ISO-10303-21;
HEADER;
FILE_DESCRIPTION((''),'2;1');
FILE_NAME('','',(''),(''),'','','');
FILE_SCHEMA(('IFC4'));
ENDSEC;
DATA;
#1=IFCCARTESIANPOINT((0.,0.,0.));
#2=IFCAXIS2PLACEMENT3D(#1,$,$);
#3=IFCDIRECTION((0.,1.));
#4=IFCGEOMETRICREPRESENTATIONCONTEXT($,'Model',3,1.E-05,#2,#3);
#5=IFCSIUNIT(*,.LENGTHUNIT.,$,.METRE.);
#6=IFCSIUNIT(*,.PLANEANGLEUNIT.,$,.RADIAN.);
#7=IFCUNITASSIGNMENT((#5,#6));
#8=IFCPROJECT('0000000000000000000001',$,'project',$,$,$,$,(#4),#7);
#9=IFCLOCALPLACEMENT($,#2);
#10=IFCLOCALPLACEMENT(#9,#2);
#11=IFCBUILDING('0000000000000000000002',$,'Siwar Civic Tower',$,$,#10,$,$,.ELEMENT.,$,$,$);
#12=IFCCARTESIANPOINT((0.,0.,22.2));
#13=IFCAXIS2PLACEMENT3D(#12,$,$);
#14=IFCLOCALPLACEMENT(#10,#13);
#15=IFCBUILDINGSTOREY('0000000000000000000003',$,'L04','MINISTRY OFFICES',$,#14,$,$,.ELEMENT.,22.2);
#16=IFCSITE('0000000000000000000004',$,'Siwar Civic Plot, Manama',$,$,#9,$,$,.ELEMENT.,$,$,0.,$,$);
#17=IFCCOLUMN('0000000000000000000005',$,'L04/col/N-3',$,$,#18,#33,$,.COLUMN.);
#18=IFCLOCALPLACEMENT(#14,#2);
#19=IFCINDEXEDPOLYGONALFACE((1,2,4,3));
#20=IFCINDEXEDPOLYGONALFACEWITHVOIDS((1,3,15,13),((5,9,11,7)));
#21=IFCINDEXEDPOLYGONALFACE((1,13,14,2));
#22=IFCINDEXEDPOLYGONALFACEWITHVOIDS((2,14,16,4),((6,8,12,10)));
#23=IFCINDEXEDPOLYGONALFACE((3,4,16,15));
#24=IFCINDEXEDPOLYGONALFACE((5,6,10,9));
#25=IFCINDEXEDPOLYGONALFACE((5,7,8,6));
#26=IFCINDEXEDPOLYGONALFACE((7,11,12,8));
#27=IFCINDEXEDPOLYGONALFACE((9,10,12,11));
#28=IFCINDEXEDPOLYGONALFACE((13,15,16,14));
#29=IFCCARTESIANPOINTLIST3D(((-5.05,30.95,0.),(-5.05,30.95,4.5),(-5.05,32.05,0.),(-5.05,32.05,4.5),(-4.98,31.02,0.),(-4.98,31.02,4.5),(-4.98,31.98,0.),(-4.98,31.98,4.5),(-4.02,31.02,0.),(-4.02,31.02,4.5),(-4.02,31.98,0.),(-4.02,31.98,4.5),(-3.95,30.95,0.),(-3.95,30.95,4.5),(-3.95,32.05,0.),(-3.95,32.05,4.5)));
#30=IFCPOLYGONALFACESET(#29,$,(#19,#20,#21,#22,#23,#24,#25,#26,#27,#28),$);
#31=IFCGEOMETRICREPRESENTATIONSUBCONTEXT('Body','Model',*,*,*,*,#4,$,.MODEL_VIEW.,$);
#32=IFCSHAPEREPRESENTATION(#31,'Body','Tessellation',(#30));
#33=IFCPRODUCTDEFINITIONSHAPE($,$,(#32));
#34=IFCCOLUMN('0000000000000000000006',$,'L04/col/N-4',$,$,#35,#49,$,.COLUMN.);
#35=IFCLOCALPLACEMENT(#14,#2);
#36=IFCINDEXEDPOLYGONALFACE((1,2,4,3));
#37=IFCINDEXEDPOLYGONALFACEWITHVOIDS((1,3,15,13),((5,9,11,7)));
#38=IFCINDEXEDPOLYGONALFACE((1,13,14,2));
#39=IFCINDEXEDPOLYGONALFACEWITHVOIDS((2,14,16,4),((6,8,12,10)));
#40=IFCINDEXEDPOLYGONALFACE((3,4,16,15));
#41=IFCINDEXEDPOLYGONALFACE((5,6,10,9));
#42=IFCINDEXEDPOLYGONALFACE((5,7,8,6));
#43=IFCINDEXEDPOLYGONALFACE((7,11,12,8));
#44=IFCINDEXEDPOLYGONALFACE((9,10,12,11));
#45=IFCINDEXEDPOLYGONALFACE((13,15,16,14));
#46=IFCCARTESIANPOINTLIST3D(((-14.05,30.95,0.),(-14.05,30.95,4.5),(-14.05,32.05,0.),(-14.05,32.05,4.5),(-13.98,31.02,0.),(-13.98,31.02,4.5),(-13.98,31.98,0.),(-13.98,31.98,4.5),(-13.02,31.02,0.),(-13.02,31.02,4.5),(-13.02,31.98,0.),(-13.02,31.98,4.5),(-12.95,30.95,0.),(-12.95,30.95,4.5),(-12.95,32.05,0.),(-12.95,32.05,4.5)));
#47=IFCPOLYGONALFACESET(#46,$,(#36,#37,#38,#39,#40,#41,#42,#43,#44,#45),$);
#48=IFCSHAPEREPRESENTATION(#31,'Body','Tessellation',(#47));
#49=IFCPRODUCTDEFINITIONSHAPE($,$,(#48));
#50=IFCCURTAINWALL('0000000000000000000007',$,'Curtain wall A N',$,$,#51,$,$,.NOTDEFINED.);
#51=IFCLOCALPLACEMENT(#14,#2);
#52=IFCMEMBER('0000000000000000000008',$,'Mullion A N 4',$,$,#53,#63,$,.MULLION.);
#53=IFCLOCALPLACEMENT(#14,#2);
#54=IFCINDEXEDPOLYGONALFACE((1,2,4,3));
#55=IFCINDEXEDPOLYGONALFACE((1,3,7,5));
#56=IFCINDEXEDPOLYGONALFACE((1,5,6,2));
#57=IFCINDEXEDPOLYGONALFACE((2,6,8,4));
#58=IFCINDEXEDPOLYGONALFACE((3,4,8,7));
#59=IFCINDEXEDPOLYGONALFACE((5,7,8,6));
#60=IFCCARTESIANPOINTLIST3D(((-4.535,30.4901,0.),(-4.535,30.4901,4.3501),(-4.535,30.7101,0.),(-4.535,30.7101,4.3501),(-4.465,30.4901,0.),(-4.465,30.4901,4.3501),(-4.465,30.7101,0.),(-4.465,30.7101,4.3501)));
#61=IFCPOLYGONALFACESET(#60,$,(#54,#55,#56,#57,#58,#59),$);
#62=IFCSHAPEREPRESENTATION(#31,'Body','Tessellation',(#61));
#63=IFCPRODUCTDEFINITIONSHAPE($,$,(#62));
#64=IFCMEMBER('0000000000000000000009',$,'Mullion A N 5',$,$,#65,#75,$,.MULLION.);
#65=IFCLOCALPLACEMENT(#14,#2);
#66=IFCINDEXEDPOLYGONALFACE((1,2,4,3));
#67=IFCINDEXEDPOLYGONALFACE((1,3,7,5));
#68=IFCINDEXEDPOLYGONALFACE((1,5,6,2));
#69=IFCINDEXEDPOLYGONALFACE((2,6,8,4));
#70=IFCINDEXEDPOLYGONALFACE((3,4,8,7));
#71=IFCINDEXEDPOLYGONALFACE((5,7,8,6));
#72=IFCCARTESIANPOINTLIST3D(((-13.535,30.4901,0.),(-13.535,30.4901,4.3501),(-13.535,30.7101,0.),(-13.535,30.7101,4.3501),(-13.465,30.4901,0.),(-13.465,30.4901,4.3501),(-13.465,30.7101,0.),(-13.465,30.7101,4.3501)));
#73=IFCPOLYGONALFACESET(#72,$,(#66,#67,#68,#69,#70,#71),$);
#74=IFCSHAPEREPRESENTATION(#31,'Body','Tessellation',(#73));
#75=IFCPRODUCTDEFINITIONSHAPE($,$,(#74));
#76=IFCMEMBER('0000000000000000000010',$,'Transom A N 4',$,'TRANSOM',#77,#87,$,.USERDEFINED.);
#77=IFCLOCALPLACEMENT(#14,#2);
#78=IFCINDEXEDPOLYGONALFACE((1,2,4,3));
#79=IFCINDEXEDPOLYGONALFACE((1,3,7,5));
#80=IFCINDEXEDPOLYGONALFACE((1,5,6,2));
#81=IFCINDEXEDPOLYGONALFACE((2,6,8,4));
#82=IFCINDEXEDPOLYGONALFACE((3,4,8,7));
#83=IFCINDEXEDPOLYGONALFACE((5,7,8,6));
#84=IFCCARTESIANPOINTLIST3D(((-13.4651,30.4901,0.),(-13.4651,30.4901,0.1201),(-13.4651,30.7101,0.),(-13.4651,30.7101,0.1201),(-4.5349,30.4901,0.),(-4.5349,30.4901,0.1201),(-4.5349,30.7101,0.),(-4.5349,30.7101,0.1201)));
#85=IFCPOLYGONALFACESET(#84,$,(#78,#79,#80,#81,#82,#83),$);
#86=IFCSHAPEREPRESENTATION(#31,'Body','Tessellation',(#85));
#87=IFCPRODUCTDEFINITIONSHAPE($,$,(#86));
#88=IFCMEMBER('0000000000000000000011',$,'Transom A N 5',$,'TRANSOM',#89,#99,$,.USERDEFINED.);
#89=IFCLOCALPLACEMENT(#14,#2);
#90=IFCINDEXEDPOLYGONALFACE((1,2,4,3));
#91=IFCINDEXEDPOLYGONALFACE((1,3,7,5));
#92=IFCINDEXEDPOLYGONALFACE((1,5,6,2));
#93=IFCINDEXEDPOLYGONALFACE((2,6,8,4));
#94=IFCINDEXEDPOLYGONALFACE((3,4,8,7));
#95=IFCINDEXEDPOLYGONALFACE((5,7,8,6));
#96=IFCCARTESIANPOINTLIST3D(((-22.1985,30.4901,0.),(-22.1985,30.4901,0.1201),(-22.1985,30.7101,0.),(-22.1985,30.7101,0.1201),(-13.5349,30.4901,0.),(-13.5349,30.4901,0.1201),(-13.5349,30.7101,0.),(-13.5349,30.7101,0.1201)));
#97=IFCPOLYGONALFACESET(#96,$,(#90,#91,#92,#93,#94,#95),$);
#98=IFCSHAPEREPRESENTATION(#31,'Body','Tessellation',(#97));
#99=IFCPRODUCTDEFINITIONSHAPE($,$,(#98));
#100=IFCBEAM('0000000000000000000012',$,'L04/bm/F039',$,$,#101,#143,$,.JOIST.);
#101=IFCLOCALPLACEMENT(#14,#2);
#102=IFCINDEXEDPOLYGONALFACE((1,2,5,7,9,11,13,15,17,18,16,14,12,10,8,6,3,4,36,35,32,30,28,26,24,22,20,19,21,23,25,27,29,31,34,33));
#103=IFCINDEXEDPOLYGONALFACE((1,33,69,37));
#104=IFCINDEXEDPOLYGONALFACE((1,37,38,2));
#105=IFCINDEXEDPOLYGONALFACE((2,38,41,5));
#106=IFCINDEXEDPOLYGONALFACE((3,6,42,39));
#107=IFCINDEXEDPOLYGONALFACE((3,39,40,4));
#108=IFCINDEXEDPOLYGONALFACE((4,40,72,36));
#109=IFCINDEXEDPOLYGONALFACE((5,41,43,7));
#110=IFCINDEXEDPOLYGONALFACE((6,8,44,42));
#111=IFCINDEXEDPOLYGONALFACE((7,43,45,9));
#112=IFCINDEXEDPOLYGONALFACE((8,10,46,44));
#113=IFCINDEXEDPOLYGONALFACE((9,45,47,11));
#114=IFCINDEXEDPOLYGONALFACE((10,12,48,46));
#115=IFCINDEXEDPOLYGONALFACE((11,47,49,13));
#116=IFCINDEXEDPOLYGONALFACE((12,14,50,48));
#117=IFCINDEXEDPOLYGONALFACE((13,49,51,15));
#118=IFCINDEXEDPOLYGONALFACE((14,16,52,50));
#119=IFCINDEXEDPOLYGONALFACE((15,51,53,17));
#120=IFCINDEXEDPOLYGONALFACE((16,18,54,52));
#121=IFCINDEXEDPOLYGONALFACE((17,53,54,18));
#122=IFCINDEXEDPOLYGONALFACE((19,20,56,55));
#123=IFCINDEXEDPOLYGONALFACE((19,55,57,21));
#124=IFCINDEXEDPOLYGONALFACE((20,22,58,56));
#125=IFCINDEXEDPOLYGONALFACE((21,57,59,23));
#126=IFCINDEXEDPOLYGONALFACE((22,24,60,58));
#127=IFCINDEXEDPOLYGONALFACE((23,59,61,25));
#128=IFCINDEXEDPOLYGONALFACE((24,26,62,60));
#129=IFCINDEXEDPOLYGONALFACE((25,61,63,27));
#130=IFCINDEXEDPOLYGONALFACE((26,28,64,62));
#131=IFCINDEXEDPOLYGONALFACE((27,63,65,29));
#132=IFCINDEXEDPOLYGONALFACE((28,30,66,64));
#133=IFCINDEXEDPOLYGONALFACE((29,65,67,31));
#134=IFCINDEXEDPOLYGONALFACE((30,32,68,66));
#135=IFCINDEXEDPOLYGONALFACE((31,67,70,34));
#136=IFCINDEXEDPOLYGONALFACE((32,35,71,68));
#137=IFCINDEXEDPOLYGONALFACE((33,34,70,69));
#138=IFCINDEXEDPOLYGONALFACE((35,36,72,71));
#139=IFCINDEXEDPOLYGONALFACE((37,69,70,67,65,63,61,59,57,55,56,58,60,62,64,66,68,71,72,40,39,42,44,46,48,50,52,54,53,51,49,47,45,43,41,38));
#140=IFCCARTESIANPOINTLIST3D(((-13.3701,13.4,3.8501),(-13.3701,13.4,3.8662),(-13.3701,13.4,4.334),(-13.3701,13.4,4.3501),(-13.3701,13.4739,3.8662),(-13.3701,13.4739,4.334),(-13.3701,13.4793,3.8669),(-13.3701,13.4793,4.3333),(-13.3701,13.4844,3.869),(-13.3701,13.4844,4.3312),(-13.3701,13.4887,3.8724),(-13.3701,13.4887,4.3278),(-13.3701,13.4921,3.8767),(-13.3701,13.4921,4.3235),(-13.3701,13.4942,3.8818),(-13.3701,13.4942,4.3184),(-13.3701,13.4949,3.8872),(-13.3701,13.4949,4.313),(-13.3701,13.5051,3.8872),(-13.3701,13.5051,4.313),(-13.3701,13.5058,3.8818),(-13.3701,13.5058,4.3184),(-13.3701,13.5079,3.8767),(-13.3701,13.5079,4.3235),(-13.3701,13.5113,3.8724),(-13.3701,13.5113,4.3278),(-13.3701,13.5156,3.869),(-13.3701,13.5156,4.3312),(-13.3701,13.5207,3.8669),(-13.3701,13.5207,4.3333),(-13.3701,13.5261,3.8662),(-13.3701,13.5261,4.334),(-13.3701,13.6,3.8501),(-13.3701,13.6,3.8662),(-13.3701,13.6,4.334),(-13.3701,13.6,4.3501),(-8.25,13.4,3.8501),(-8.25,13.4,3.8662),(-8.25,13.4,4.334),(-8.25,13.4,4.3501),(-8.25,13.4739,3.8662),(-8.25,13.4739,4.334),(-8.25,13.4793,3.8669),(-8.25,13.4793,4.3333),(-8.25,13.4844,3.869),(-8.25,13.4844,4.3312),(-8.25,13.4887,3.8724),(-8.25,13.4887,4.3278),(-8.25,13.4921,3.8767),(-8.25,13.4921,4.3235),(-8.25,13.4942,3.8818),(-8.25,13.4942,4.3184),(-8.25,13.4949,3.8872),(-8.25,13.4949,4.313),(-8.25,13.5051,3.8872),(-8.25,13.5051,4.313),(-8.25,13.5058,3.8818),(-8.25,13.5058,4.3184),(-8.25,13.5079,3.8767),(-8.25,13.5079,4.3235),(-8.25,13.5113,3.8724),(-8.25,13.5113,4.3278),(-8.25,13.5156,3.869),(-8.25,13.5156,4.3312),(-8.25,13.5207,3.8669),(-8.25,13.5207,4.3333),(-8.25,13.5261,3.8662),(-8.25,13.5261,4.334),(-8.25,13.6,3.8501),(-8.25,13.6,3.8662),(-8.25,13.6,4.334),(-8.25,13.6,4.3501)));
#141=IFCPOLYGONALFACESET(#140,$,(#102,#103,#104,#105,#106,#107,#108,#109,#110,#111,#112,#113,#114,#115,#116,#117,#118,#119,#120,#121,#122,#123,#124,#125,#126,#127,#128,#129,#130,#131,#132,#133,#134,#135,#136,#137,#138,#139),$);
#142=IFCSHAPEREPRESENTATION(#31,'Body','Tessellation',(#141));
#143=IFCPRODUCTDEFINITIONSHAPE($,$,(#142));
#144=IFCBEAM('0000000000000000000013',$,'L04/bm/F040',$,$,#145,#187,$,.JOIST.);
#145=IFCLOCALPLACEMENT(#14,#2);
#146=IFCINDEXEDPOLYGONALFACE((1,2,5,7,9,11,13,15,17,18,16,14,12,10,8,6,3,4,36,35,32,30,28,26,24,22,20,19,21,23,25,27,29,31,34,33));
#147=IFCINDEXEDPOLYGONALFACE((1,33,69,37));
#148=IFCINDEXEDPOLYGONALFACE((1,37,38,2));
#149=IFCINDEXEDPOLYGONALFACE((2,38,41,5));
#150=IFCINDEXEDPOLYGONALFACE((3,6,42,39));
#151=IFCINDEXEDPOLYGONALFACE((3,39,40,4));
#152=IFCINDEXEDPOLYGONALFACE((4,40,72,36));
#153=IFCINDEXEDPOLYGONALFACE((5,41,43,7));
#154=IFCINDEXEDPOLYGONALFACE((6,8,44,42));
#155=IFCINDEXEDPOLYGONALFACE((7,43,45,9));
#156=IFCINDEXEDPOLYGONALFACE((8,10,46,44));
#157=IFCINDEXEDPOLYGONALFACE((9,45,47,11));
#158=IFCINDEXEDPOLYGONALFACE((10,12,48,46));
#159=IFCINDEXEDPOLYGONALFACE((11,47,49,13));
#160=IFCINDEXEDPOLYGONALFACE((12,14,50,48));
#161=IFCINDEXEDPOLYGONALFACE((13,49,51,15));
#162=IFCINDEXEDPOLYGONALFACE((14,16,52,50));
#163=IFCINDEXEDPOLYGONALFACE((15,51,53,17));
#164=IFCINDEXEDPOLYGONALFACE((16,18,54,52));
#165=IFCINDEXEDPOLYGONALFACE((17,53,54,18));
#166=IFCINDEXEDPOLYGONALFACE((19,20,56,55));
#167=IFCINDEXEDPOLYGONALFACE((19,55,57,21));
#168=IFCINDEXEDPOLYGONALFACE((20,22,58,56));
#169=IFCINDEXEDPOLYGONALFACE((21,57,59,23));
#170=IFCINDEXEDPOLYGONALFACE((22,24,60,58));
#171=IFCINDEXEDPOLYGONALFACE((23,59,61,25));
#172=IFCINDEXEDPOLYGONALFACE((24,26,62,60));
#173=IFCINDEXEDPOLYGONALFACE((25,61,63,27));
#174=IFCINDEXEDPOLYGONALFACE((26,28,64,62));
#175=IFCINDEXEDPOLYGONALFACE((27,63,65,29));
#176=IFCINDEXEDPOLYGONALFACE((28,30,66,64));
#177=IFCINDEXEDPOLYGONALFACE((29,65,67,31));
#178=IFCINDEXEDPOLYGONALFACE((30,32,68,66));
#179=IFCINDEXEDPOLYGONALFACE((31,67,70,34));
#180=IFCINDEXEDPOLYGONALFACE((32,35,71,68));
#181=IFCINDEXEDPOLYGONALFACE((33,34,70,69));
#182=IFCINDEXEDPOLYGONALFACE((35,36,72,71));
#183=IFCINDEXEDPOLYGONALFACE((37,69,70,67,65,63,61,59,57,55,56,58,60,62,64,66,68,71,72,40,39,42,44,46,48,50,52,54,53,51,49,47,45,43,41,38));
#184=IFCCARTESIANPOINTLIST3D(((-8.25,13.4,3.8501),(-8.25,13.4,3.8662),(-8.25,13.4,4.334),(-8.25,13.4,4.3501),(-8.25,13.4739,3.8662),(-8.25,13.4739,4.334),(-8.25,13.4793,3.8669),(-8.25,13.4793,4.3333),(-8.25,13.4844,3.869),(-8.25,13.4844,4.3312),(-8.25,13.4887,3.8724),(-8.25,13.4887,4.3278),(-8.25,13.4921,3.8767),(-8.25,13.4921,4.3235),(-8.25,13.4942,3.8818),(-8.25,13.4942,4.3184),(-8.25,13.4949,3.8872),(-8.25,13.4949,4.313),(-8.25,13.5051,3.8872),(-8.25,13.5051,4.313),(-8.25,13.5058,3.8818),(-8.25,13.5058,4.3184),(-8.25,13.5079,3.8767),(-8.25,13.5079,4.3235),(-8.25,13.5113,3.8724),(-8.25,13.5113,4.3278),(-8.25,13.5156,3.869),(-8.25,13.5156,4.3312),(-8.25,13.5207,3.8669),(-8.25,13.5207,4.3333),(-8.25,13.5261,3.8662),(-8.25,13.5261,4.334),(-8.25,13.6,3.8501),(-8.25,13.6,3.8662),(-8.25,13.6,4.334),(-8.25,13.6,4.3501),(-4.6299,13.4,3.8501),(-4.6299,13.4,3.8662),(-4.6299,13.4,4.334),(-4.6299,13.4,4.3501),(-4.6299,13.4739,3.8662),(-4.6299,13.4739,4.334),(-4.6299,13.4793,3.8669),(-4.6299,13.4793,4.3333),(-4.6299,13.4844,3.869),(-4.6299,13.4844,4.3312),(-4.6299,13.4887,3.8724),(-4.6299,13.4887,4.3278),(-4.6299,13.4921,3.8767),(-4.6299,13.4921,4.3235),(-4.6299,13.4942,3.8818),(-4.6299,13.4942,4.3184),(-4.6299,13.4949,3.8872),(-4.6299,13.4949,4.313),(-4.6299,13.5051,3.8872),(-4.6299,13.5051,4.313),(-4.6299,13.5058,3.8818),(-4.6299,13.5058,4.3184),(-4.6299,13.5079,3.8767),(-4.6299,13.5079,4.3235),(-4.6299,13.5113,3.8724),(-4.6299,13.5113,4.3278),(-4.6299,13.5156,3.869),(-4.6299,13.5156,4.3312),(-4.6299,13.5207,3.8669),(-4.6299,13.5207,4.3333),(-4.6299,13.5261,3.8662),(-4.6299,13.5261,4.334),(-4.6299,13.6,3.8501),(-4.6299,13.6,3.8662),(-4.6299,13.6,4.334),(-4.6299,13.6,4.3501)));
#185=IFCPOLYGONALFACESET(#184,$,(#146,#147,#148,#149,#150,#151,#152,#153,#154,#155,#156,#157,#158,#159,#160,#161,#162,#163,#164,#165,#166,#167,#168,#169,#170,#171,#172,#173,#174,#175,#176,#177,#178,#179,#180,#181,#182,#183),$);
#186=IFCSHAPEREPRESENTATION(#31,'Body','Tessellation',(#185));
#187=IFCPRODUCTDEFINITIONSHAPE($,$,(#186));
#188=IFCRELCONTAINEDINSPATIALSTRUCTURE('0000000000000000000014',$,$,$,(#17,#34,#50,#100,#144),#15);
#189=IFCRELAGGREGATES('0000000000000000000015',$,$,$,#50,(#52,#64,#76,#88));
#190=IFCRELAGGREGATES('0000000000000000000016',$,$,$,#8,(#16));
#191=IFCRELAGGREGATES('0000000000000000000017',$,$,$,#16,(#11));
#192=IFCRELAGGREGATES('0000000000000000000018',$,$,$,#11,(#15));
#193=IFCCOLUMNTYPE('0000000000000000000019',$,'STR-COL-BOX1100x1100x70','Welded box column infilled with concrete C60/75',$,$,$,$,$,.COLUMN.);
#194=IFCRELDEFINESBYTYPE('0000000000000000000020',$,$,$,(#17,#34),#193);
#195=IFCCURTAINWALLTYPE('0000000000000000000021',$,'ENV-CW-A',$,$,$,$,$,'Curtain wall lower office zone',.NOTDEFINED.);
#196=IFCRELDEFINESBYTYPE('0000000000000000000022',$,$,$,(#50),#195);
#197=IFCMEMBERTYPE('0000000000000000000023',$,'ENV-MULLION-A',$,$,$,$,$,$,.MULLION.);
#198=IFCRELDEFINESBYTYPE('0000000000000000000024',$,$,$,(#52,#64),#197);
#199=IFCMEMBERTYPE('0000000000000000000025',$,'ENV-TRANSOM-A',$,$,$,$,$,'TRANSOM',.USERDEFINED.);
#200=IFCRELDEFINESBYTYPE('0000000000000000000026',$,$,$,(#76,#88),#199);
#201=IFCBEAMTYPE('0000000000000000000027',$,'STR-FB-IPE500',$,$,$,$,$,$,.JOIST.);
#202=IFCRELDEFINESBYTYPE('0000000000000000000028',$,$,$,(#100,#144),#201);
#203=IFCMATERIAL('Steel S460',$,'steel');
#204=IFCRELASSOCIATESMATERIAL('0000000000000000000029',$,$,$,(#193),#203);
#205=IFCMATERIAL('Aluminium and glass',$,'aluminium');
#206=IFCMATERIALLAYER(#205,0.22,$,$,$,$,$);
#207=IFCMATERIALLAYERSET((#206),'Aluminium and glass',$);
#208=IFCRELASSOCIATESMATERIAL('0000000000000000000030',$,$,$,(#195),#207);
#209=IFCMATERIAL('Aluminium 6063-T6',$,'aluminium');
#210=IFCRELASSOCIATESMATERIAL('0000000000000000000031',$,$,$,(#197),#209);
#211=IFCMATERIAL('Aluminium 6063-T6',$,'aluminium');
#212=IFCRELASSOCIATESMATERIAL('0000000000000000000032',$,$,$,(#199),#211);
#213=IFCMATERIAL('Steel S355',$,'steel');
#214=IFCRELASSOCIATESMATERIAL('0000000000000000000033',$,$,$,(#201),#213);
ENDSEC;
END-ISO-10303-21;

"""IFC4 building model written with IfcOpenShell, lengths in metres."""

from ifc_helpers import new_model, si_unit, direction, frame, origin, origin_2d, place, context, subcontext, project, spatial, rectangle, hollow_rectangle, i_section, extrude, material, layer, layer_set, material_profile, profile_set, type_object, element, aggregate, save


model = new_model("IFC4")

# Units and contexts
model_context = context("Model", 3, precision=1e-05, world=origin(), true_north=direction((0.0, 1.0)))
body_context = subcontext(model_context, "Body", "Model", "MODEL_VIEW")
ifc_project = project(units=[si_unit("LENGTHUNIT", "METRE"), si_unit("PLANEANGLEUNIT", "RADIAN")], contexts=[model_context])

# Site, building, storey
site_placement = place(None, origin())
site = spatial("IfcSite", under=ifc_project, at=site_placement, Name="Siwar Civic Plot, Manama", CompositionType="ELEMENT", RefElevation=0.0)
building_placement = place(site_placement, origin())
building = spatial("IfcBuilding", under=site, at=building_placement, Name="Siwar Civic Tower", CompositionType="ELEMENT")
storey_placement = place(building_placement, frame((0.0, 0.0, 22.2)))
storey = spatial("IfcBuildingStorey", under=building, at=storey_placement, Name="L04", Description="MINISTRY OFFICES", CompositionType="ELEMENT", Elevation=22.2)

# Columns
ifc_material_1 = material(Name="Steel S460", Category="steel")
ifc_material_profile_1 = material_profile(ifc_material_1, hollow_rectangle(XDim=1.1001, YDim=1.1001, WallThickness=0.0701, at=origin_2d()), Name="BOX1100x1100x70")
ifc_profile_set_1 = profile_set([ifc_material_profile_1], Name="Steel S460")
column_type = type_object("IfcColumnType", Name="STR-COL-BOX1100x1100x70", Description="Welded box column infilled with concrete C60/75", PredefinedType="COLUMN", material=ifc_profile_set_1)
for number, where, z_axis, x_axis, name in (
    (1, (-4.5, 31.5, 0.0), (0.0, 0.0, 1.0), (1.0, 0.0, 0.0), "L04/col/N-3"),
    (2, (-13.5, 31.5, 0.0), (0.0, 0.0, 1.0), (1.0, 0.0, 0.0), "L04/col/N-4"),
):
    element("IfcColumn", number, at=place(storey_placement, frame(where, z_axis=z_axis, x_axis=x_axis)), inside=storey, type_object=column_type, Name=name, PredefinedType="COLUMN", context=body_context, shape_type="SweptSolid", body=[
        extrude(hollow_rectangle(XDim=1.1001, YDim=1.1001, WallThickness=0.0701, at=origin_2d()), origin(), (0.0, 0.0, 1.0), 4.5),
    ])

# Curtain wall, members
ifc_material_2 = material(Name="Aluminium and glass", Category="aluminium")
ifc_layer_1 = layer(ifc_material_2, 0.22)
ifc_layer_set_1 = layer_set([ifc_layer_1], Name="Aluminium and glass")
curtain_wall_type = type_object("IfcCurtainWallType", Name="ENV-CW-A", ElementType="Curtain wall lower office zone", PredefinedType="NOTDEFINED", material=ifc_layer_set_1)
curtain_wall_placement = place(storey_placement, origin())
curtain_wall = element("IfcCurtainWall", 3, at=curtain_wall_placement, inside=storey, type_object=curtain_wall_type, Name="Curtain wall A N", PredefinedType="NOTDEFINED")
ifc_material_3 = material(Name="Aluminium 6063-T6", Category="aluminium")
ifc_material_profile_2 = material_profile(ifc_material_3, rectangle(XDim=0.22, YDim=0.0701, at=origin_2d()), Name="AL 220x70")
ifc_profile_set_2 = profile_set([ifc_material_profile_2], Name="Aluminium 6063-T6")
member_type_1 = type_object("IfcMemberType", Name="ENV-MULLION-A", PredefinedType="MULLION", material=ifc_profile_set_2)
member_1_placement = place(storey_placement, frame((-4.5, 30.6001, 0.0), z_axis=(0.0, 0.0, 1.0), x_axis=(0.0, -1.0, 0.0)))
member_1 = element("IfcMember", 4, at=member_1_placement, type_object=member_type_1, Name="Mullion A N 4", PredefinedType="MULLION", context=body_context, shape_type="SweptSolid", body=[
    extrude(rectangle(XDim=0.22, YDim=0.0701, at=origin_2d()), origin(), (0.0, 0.0, 1.0), 4.3501),
])
member_2_placement = place(storey_placement, frame((-13.5, 30.6001, 0.0), z_axis=(0.0, 0.0, 1.0), x_axis=(0.0, -1.0, 0.0)))
member_2 = element("IfcMember", 5, at=member_2_placement, type_object=member_type_1, Name="Mullion A N 5", PredefinedType="MULLION", context=body_context, shape_type="SweptSolid", body=[
    extrude(rectangle(XDim=0.22, YDim=0.0701, at=origin_2d()), origin(), (0.0, 0.0, 1.0), 4.3501),
])
ifc_material_4 = material(Name="Aluminium 6063-T6", Category="aluminium")
ifc_material_profile_3 = material_profile(ifc_material_4, rectangle(XDim=0.22, YDim=0.1201, at=origin_2d()), Name="AL 220x120")
ifc_profile_set_3 = profile_set([ifc_material_profile_3], Name="Aluminium 6063-T6")
member_type_2 = type_object("IfcMemberType", Name="ENV-TRANSOM-A", ElementType="TRANSOM", PredefinedType="USERDEFINED", material=ifc_profile_set_3)
member_3_placement = place(storey_placement, frame((-4.5349, 30.6001, 0.0601), z_axis=(-1.0, 0.0, 0.0), x_axis=(0.0, -1.0, 0.0)))
member_3 = element("IfcMember", 6, at=member_3_placement, type_object=member_type_2, Name="Transom A N 4", ObjectType="TRANSOM", PredefinedType="USERDEFINED", context=body_context, shape_type="SweptSolid", body=[
    extrude(rectangle(XDim=0.22, YDim=0.1201, at=origin_2d()), origin(), (0.0, 0.0, 1.0), 8.9302),
])
member_4_placement = place(storey_placement, frame((-13.5349, 30.6001, 0.0601), z_axis=(-1.0, 0.0, 0.0), x_axis=(0.0, -1.0, 0.0)))
member_4 = element("IfcMember", 7, at=member_4_placement, type_object=member_type_2, Name="Transom A N 5", ObjectType="TRANSOM", PredefinedType="USERDEFINED", context=body_context, shape_type="SweptSolid", body=[
    extrude(rectangle(XDim=0.22, YDim=0.1201, at=origin_2d()), origin(), (0.0, 0.0, 1.0), 8.6636),
])

# Beams
ifc_material_5 = material(Name="Steel S355", Category="steel")
ifc_material_profile_4 = material_profile(ifc_material_5, i_section(OverallWidth=0.2, OverallDepth=0.5, WebThickness=0.0103, FlangeThickness=0.0161, FilletRadius=0.021, at=origin_2d()), Name="IPE500")
ifc_profile_set_4 = profile_set([ifc_material_profile_4], Name="Steel S355")
beam_type_1 = type_object("IfcBeamType", Name="STR-FB-IPE500", PredefinedType="JOIST", material=ifc_profile_set_4)
beam_1_placement = place(storey_placement, frame((-13.3701, 13.5, 4.1001), z_axis=(1.0, 0.0, 0.0), x_axis=(0.0, 1.0, 0.0)))
element("IfcBeam", 8, at=beam_1_placement, inside=storey, type_object=beam_type_1, Name="L04/bm/F039", PredefinedType="JOIST", context=body_context, shape_type="SweptSolid", body=[
    extrude(i_section(OverallWidth=0.2, OverallDepth=0.5, WebThickness=0.0103, FlangeThickness=0.0161, FilletRadius=0.021, at=origin_2d()), origin(), (0.0, 0.0, 1.0), 5.1201),
])
beam_2_placement = place(storey_placement, frame((-8.25, 13.5, 4.1001), z_axis=(1.0, 0.0, 0.0), x_axis=(0.0, 1.0, 0.0)))
element("IfcBeam", 9, at=beam_2_placement, inside=storey, type_object=beam_type_1, Name="L04/bm/F040", PredefinedType="JOIST", context=body_context, shape_type="SweptSolid", body=[
    extrude(i_section(OverallWidth=0.2, OverallDepth=0.5, WebThickness=0.0103, FlangeThickness=0.0161, FilletRadius=0.021, at=origin_2d()), origin(), (0.0, 0.0, 1.0), 3.6201),
])

aggregate(curtain_wall, [member_1, member_2, member_3, member_4])

save(model, "model.ifc")
